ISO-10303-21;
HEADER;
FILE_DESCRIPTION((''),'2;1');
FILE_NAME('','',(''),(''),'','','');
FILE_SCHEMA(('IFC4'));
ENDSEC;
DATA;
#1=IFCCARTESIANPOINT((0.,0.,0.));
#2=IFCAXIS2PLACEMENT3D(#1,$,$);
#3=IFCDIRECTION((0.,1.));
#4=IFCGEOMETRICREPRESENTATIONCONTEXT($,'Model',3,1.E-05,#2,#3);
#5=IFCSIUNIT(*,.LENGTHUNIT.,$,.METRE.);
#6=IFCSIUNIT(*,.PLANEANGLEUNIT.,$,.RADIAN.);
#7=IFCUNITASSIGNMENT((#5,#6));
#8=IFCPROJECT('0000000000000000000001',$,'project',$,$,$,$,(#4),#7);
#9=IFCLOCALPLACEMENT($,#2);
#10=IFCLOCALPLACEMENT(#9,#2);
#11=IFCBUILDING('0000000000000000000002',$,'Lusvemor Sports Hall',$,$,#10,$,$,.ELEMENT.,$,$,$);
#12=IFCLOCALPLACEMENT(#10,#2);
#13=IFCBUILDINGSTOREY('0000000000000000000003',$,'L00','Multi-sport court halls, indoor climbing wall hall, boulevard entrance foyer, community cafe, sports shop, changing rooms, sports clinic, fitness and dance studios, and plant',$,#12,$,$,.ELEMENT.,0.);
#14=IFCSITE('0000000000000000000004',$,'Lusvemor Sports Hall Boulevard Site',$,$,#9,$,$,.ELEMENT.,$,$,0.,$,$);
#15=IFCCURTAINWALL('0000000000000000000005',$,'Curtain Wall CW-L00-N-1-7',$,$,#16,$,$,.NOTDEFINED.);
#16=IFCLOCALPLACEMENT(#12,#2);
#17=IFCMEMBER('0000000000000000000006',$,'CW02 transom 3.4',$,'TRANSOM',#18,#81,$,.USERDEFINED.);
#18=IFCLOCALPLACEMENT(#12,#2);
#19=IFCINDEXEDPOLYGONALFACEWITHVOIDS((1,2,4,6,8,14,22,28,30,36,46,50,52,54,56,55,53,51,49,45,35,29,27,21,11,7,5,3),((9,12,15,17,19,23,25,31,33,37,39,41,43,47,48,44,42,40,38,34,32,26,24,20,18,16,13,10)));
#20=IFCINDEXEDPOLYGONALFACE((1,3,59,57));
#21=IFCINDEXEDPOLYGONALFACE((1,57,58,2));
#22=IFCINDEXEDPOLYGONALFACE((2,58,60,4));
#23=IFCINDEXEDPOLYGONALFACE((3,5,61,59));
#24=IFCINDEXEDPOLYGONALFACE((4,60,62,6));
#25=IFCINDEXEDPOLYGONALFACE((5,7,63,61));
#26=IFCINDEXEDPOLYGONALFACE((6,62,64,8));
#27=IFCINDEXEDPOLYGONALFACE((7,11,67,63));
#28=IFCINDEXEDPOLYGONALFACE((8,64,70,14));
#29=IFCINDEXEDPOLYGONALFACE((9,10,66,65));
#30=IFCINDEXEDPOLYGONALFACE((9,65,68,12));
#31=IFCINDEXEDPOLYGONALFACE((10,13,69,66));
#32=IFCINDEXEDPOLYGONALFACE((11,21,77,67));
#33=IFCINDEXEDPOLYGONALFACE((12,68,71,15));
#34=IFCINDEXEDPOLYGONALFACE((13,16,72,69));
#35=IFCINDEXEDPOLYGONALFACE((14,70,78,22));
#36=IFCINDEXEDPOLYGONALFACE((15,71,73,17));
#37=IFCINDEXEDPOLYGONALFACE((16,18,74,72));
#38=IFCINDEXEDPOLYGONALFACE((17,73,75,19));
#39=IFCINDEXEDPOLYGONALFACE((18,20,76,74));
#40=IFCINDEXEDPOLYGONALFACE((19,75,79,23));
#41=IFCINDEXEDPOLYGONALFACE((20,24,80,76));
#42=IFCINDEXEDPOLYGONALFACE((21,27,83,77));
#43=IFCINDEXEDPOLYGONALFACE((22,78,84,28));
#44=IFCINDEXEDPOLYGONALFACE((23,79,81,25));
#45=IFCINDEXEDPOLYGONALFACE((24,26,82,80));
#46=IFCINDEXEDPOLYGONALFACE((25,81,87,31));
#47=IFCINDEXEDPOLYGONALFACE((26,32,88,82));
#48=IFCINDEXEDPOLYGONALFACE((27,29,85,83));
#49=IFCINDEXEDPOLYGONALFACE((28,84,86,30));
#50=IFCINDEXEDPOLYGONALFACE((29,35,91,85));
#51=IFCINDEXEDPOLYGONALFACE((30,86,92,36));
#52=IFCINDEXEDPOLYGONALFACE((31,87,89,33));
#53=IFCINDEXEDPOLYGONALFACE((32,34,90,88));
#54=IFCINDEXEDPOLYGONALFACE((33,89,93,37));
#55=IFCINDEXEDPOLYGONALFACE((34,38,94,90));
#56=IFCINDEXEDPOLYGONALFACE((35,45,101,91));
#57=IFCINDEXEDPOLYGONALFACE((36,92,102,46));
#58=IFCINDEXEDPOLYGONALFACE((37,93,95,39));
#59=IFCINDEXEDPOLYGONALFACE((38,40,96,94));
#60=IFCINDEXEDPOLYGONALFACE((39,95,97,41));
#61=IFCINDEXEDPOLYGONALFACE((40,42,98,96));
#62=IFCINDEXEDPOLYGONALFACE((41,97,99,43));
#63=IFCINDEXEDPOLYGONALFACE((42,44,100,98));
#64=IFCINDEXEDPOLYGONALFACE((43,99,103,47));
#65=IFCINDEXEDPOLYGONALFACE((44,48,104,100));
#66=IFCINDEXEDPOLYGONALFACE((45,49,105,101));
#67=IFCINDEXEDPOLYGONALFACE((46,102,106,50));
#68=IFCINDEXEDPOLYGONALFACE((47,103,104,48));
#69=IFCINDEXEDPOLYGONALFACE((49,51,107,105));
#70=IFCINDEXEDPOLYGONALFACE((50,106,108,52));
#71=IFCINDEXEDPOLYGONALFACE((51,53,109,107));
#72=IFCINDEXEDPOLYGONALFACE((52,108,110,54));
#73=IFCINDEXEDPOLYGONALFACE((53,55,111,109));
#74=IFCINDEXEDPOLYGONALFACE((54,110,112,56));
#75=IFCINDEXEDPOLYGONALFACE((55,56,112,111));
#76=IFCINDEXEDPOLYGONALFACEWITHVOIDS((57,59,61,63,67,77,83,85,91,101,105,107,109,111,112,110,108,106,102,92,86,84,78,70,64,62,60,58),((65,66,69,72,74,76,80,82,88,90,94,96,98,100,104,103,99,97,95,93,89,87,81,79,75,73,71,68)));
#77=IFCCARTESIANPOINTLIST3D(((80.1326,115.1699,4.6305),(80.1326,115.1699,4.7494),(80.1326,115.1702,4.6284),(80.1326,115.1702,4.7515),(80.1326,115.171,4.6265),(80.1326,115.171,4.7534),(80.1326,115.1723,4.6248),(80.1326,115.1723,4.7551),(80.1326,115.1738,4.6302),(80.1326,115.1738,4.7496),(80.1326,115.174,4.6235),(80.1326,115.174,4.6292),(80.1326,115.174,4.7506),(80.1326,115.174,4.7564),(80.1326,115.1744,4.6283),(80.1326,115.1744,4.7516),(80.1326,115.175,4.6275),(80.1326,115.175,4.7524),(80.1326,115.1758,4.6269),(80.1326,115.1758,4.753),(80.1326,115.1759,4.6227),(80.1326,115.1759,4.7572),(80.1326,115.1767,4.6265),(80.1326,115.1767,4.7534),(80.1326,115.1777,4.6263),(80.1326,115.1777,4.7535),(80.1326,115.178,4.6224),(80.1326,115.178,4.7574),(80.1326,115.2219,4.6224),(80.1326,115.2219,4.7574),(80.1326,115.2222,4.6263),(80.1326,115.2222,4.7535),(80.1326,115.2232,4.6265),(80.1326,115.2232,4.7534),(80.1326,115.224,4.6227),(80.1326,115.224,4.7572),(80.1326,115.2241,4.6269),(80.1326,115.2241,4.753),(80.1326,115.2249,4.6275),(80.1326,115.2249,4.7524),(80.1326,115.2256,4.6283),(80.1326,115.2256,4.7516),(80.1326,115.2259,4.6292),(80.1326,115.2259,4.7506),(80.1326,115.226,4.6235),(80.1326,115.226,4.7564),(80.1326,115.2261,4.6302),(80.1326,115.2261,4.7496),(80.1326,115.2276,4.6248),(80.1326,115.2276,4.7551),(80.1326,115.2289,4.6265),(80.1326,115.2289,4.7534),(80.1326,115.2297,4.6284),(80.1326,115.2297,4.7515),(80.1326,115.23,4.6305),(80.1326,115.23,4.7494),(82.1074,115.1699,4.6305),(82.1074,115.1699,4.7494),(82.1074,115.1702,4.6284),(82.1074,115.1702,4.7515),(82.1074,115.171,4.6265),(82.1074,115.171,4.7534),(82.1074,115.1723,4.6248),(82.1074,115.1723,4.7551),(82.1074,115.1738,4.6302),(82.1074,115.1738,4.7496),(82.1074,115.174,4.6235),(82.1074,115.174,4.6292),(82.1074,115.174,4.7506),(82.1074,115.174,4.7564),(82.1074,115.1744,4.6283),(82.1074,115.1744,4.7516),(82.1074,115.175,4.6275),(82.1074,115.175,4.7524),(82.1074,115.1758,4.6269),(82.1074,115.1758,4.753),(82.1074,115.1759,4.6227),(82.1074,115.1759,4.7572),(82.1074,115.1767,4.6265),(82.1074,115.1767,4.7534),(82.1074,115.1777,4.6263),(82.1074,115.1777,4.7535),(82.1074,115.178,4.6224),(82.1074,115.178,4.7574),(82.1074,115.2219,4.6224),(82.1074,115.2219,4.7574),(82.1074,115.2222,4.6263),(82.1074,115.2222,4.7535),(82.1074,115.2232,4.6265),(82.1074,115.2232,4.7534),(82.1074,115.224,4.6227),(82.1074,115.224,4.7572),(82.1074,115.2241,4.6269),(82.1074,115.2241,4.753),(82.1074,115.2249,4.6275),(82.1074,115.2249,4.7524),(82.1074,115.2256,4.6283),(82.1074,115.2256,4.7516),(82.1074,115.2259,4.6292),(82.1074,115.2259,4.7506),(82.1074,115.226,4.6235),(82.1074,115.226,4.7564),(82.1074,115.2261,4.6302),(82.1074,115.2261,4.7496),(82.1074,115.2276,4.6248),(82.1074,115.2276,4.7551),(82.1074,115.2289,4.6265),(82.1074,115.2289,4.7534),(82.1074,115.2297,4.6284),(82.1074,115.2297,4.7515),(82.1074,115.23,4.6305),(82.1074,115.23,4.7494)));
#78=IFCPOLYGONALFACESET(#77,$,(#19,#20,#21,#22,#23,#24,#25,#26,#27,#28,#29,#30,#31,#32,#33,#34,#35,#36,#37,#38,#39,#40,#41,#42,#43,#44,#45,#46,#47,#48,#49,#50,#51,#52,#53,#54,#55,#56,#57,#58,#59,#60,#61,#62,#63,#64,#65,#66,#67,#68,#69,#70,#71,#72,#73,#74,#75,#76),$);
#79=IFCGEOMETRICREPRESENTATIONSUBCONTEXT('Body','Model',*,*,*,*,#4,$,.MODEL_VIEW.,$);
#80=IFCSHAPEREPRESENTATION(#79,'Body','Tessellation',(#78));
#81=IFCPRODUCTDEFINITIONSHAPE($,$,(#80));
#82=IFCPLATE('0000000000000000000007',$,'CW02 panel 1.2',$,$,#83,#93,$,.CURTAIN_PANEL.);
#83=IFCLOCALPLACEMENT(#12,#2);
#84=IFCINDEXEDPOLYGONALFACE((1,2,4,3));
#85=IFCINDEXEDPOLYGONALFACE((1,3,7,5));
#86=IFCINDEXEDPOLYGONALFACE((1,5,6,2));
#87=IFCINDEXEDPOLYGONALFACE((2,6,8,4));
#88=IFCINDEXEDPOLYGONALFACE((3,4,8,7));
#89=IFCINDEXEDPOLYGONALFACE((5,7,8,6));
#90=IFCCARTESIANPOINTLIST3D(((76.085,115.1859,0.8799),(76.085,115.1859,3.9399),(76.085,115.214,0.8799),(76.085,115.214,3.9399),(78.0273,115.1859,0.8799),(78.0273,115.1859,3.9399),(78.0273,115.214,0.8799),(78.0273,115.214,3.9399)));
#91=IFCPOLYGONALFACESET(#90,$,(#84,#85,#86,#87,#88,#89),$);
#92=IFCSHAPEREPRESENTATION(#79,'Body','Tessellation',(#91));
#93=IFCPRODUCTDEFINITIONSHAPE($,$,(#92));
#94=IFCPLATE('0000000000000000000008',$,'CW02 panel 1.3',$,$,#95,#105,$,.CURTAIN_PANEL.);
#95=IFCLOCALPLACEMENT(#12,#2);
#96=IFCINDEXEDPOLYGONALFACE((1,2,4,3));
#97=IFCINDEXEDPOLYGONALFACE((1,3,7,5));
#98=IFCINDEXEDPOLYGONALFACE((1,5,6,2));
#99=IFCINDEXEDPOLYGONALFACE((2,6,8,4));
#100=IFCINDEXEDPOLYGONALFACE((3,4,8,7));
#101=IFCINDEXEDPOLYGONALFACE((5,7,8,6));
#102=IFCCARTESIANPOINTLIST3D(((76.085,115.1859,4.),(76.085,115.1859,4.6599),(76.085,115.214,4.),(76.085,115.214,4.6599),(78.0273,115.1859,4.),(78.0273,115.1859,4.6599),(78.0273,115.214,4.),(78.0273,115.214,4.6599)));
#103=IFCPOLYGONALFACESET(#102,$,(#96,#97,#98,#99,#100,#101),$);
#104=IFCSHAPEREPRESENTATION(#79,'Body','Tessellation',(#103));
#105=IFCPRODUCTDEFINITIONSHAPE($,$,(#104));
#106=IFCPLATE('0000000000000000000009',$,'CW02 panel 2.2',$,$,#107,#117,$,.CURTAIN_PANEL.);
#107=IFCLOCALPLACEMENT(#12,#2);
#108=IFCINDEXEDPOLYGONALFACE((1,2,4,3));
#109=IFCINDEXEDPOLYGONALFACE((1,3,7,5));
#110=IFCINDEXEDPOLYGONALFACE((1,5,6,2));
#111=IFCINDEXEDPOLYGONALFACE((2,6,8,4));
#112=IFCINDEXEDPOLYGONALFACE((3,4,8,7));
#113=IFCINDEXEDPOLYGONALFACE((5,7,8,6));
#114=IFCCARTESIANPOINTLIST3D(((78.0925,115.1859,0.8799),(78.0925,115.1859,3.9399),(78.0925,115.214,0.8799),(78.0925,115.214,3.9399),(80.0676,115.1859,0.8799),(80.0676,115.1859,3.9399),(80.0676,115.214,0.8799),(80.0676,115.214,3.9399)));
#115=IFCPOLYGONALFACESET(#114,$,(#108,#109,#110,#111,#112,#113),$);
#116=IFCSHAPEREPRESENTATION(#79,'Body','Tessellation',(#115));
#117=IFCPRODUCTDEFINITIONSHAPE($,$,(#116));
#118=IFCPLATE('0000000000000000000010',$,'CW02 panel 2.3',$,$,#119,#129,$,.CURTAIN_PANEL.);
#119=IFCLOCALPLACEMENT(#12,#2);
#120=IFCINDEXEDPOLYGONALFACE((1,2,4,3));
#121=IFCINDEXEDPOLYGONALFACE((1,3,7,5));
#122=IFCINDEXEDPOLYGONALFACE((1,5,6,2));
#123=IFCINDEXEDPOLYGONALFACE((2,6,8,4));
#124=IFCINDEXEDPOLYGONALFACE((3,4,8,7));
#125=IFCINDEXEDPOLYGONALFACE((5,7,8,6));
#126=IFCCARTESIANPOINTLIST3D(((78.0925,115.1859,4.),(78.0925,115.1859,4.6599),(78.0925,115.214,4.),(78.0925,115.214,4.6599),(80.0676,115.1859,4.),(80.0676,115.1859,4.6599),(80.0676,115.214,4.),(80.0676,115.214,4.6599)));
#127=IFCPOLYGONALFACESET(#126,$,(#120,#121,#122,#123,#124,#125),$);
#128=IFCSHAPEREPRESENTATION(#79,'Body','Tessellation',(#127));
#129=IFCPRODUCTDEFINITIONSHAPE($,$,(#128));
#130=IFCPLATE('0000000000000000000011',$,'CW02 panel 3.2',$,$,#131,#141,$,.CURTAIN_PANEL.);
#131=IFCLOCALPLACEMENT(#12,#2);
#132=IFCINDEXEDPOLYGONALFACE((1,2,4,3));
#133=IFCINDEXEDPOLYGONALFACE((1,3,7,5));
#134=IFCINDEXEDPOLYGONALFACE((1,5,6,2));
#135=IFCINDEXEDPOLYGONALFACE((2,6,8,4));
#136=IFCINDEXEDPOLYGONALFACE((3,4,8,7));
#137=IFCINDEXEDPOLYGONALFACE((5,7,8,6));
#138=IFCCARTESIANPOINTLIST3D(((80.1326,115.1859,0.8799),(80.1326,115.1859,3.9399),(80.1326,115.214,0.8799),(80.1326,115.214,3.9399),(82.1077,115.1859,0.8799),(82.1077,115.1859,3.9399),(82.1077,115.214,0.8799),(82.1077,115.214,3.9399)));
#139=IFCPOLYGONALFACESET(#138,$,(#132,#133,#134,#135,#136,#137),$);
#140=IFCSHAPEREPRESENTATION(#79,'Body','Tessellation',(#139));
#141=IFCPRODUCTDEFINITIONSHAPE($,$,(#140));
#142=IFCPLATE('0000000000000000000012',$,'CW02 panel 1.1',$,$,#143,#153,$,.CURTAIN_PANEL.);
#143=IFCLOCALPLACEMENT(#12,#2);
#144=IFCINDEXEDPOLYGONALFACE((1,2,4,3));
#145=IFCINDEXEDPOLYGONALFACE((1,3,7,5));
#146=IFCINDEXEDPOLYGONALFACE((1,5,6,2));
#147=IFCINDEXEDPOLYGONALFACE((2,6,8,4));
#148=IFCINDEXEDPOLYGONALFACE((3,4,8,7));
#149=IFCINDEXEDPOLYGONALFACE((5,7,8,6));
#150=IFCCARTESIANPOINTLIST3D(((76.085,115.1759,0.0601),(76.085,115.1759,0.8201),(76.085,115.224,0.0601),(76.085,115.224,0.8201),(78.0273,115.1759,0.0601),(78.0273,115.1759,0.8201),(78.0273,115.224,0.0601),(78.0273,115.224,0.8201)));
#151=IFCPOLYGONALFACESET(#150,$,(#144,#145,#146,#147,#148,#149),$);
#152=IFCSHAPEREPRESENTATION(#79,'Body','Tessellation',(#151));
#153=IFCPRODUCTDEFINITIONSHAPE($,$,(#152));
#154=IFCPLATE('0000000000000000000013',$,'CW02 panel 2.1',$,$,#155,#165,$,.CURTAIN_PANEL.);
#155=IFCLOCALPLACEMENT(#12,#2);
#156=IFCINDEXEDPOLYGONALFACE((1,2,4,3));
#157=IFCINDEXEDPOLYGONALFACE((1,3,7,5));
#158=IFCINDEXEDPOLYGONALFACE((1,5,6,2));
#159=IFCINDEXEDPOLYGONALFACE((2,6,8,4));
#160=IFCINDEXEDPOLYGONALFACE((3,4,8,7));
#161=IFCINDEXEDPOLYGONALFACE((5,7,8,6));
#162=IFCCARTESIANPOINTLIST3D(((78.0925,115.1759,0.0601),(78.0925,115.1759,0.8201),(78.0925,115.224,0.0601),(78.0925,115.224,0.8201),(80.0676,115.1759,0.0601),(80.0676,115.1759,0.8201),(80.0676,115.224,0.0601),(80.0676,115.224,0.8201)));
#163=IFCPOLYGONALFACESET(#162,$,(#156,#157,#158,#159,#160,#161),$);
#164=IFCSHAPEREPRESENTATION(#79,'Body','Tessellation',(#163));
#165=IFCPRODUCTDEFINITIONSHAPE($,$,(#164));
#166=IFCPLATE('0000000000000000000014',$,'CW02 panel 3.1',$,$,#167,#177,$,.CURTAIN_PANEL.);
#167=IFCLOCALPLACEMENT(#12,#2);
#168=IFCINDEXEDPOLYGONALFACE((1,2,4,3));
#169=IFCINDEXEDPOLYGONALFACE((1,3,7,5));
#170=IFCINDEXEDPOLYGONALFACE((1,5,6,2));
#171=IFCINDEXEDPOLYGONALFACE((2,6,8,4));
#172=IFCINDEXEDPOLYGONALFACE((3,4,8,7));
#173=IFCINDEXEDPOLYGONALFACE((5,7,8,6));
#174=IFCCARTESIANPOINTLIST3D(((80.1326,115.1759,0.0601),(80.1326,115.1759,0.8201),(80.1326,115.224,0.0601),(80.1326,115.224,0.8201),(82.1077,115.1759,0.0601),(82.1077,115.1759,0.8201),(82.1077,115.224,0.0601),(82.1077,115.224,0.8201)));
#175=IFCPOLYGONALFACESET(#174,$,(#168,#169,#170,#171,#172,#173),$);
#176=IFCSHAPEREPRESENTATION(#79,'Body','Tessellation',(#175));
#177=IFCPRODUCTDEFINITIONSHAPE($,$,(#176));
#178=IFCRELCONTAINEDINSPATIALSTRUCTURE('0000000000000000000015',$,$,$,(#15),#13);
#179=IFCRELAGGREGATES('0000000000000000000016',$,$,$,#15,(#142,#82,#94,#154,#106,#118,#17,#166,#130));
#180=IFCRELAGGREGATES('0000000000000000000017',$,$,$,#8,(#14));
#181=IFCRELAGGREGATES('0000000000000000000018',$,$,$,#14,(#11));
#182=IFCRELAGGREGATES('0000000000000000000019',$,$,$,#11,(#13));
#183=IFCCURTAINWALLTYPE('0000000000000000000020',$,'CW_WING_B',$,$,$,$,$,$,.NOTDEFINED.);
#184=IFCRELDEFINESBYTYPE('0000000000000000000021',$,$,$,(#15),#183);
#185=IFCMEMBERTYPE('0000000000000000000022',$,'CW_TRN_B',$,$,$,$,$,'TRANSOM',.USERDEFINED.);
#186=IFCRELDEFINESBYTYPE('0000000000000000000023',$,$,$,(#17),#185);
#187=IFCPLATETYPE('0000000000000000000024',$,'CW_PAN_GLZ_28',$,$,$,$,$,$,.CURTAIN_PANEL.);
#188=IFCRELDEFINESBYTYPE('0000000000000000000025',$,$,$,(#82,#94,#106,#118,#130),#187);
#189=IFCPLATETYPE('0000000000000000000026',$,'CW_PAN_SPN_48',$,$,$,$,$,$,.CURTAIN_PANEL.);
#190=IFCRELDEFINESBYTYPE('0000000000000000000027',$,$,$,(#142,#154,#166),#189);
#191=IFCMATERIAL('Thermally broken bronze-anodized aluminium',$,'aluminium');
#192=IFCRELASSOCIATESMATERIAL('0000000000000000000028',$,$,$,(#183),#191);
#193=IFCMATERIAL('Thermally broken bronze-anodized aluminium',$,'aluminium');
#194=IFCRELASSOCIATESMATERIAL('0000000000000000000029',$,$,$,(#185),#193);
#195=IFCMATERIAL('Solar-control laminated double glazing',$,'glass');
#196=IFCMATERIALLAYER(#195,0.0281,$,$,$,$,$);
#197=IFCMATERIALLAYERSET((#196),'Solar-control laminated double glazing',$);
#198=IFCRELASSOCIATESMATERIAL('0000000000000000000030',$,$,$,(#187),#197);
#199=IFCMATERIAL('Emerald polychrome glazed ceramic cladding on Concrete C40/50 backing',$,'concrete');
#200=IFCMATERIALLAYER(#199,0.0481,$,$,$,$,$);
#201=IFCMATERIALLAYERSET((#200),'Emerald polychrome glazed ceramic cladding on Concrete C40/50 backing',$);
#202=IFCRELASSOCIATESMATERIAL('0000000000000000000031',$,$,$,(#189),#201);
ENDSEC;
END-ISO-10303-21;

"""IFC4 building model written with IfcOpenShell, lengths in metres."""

from ifc_helpers import new_model, si_unit, direction, frame, origin, origin_2d, place, context, subcontext, project, spatial, rectangle, hollow_rectangle, extrude, material, layer, layer_set, material_profile, profile_set, type_object, element, aggregate, save


model = new_model("IFC4")

# Units and contexts
model_context = context("Model", 3, precision=1e-05, world=origin(), true_north=direction((0.0, 1.0)))
body_context = subcontext(model_context, "Body", "Model", "MODEL_VIEW")
ifc_project = project(units=[si_unit("LENGTHUNIT", "METRE"), si_unit("PLANEANGLEUNIT", "RADIAN")], contexts=[model_context])

# Site, building, storey
site_placement = place(None, origin())
site = spatial("IfcSite", under=ifc_project, at=site_placement, Name="Lusvemor Sports Hall Boulevard Site", CompositionType="ELEMENT", RefElevation=0.0)
building_placement = place(site_placement, origin())
building = spatial("IfcBuilding", under=site, at=building_placement, Name="Lusvemor Sports Hall", CompositionType="ELEMENT")
storey_placement = place(building_placement, origin())
storey = spatial("IfcBuildingStorey", under=building, at=storey_placement, Name="L00", Description="Multi-sport court halls, indoor climbing wall hall, boulevard entrance foyer, community cafe, sports shop, changing rooms, sports clinic, fitness and dance studios, and plant", CompositionType="ELEMENT", Elevation=0.0)

# Curtain wall, member, plates
ifc_material_1 = material(Name="Thermally broken bronze-anodized aluminium", Category="aluminium")
curtain_wall_type = type_object("IfcCurtainWallType", Name="CW_WING_B", PredefinedType="NOTDEFINED", material=ifc_material_1)
curtain_wall_placement = place(storey_placement, origin())
curtain_wall = element("IfcCurtainWall", 1, at=curtain_wall_placement, inside=storey, type_object=curtain_wall_type, Name="Curtain Wall CW-L00-N-1-7", PredefinedType="NOTDEFINED")
ifc_material_2 = material(Name="Thermally broken bronze-anodized aluminium", Category="aluminium")
ifc_material_profile_1 = material_profile(ifc_material_2, hollow_rectangle(XDim=0.0601, YDim=0.135, WallThickness=0.0039, InnerFilletRadius=0.0039, OuterFilletRadius=0.0081, at=origin_2d()), Name="CWTRN135x60x4")
ifc_profile_set_1 = profile_set([ifc_material_profile_1], Name="Thermally broken bronze-anodized aluminium")
member_type_1 = type_object("IfcMemberType", Name="CW_TRN_B", ElementType="TRANSOM", PredefinedType="USERDEFINED", material=ifc_profile_set_1)
member_1_placement = place(storey_placement, frame((80.1326, 115.2, 4.6899), z_axis=(1.0, 0.0, 0.0), x_axis=(0.0, 1.0, 0.0)))
member_1 = element("IfcMember", 2, at=member_1_placement, type_object=member_type_1, Name="CW02 transom 3.4", ObjectType="TRANSOM", PredefinedType="USERDEFINED", context=body_context, shape_type="SweptSolid", body=[
    extrude(hollow_rectangle(XDim=0.0601, YDim=0.135, WallThickness=0.0039, InnerFilletRadius=0.0039, OuterFilletRadius=0.0081, at=origin_2d()), origin(), (0.0, 0.0, 1.0), 1.9749),
])
ifc_material_3 = material(Name="Solar-control laminated double glazing", Category="glass")
ifc_layer_1 = layer(ifc_material_3, 0.0281)
ifc_layer_set_1 = layer_set([ifc_layer_1], Name="Solar-control laminated double glazing")
plate_type_1 = type_object("IfcPlateType", Name="CW_PAN_GLZ_28", PredefinedType="CURTAIN_PANEL", material=ifc_layer_set_1)
plate_1_placement = place(storey_placement, frame((77.0562, 115.2, 0.8799), z_axis=(0.0, 0.0, 1.0), x_axis=(1.0, 0.0, 0.0)))
plate_1 = element("IfcPlate", 3, at=plate_1_placement, type_object=plate_type_1, Name="CW02 panel 1.2", PredefinedType="CURTAIN_PANEL", context=body_context, shape_type="SweptSolid", body=[
    extrude(rectangle(XDim=1.9424, YDim=0.0281, at=origin_2d()), origin(), (0.0, 0.0, 1.0), 3.0601),
])
plate_2_placement = place(storey_placement, frame((77.0562, 115.2, 4.0), z_axis=(0.0, 0.0, 1.0), x_axis=(1.0, 0.0, 0.0)))
plate_2 = element("IfcPlate", 4, at=plate_2_placement, type_object=plate_type_1, Name="CW02 panel 1.3", PredefinedType="CURTAIN_PANEL", context=body_context, shape_type="SweptSolid", body=[
    extrude(rectangle(XDim=1.9424, YDim=0.0281, at=origin_2d()), origin(), (0.0, 0.0, 1.0), 0.6599),
])
plate_3_placement = place(storey_placement, frame((79.0801, 115.2, 0.8799), z_axis=(0.0, 0.0, 1.0), x_axis=(1.0, 0.0, 0.0)))
plate_3 = element("IfcPlate", 5, at=plate_3_placement, type_object=plate_type_1, Name="CW02 panel 2.2", PredefinedType="CURTAIN_PANEL", context=body_context, shape_type="SweptSolid", body=[
    extrude(rectangle(XDim=1.9751, YDim=0.0281, at=origin_2d()), origin(), (0.0, 0.0, 1.0), 3.0601),
])
plate_4_placement = place(storey_placement, frame((79.0801, 115.2, 4.0), z_axis=(0.0, 0.0, 1.0), x_axis=(1.0, 0.0, 0.0)))
plate_4 = element("IfcPlate", 6, at=plate_4_placement, type_object=plate_type_1, Name="CW02 panel 2.3", PredefinedType="CURTAIN_PANEL", context=body_context, shape_type="SweptSolid", body=[
    extrude(rectangle(XDim=1.9751, YDim=0.0281, at=origin_2d()), origin(), (0.0, 0.0, 1.0), 0.6599),
])
plate_5_placement = place(storey_placement, frame((81.1201, 115.2, 0.8799), z_axis=(0.0, 0.0, 1.0), x_axis=(1.0, 0.0, 0.0)))
plate_5 = element("IfcPlate", 7, at=plate_5_placement, type_object=plate_type_1, Name="CW02 panel 3.2", PredefinedType="CURTAIN_PANEL", context=body_context, shape_type="SweptSolid", body=[
    extrude(rectangle(XDim=1.9751, YDim=0.0281, at=origin_2d()), origin(), (0.0, 0.0, 1.0), 3.0601),
])
ifc_material_4 = material(Name="Emerald polychrome glazed ceramic cladding on Concrete C40/50 backing", Category="concrete")
ifc_layer_2 = layer(ifc_material_4, 0.0481)
ifc_layer_set_2 = layer_set([ifc_layer_2], Name="Emerald polychrome glazed ceramic cladding on Concrete C40/50 backing")
plate_type_2 = type_object("IfcPlateType", Name="CW_PAN_SPN_48", PredefinedType="CURTAIN_PANEL", material=ifc_layer_set_2)
plate_6_placement = place(storey_placement, frame((77.0562, 115.2, 0.0601), z_axis=(0.0, 0.0, 1.0), x_axis=(1.0, 0.0, 0.0)))
plate_6 = element("IfcPlate", 8, at=plate_6_placement, type_object=plate_type_2, Name="CW02 panel 1.1", PredefinedType="CURTAIN_PANEL", context=body_context, shape_type="SweptSolid", body=[
    extrude(rectangle(XDim=1.9424, YDim=0.0481, at=origin_2d()), origin(), (0.0, 0.0, 1.0), 0.76),
])
plate_7_placement = place(storey_placement, frame((79.0801, 115.2, 0.0601), z_axis=(0.0, 0.0, 1.0), x_axis=(1.0, 0.0, 0.0)))
plate_7 = element("IfcPlate", 9, at=plate_7_placement, type_object=plate_type_2, Name="CW02 panel 2.1", PredefinedType="CURTAIN_PANEL", context=body_context, shape_type="SweptSolid", body=[
    extrude(rectangle(XDim=1.9751, YDim=0.0481, at=origin_2d()), origin(), (0.0, 0.0, 1.0), 0.76),
])
plate_8_placement = place(storey_placement, frame((81.1201, 115.2, 0.0601), z_axis=(0.0, 0.0, 1.0), x_axis=(1.0, 0.0, 0.0)))
plate_8 = element("IfcPlate", 10, at=plate_8_placement, type_object=plate_type_2, Name="CW02 panel 3.1", PredefinedType="CURTAIN_PANEL", context=body_context, shape_type="SweptSolid", body=[
    extrude(rectangle(XDim=1.9751, YDim=0.0481, at=origin_2d()), origin(), (0.0, 0.0, 1.0), 0.76),
])
aggregate(curtain_wall, [plate_6, plate_1, plate_2, plate_7, plate_3, plate_4, member_1, plate_8, plate_5])

save(model, "model.ifc")
